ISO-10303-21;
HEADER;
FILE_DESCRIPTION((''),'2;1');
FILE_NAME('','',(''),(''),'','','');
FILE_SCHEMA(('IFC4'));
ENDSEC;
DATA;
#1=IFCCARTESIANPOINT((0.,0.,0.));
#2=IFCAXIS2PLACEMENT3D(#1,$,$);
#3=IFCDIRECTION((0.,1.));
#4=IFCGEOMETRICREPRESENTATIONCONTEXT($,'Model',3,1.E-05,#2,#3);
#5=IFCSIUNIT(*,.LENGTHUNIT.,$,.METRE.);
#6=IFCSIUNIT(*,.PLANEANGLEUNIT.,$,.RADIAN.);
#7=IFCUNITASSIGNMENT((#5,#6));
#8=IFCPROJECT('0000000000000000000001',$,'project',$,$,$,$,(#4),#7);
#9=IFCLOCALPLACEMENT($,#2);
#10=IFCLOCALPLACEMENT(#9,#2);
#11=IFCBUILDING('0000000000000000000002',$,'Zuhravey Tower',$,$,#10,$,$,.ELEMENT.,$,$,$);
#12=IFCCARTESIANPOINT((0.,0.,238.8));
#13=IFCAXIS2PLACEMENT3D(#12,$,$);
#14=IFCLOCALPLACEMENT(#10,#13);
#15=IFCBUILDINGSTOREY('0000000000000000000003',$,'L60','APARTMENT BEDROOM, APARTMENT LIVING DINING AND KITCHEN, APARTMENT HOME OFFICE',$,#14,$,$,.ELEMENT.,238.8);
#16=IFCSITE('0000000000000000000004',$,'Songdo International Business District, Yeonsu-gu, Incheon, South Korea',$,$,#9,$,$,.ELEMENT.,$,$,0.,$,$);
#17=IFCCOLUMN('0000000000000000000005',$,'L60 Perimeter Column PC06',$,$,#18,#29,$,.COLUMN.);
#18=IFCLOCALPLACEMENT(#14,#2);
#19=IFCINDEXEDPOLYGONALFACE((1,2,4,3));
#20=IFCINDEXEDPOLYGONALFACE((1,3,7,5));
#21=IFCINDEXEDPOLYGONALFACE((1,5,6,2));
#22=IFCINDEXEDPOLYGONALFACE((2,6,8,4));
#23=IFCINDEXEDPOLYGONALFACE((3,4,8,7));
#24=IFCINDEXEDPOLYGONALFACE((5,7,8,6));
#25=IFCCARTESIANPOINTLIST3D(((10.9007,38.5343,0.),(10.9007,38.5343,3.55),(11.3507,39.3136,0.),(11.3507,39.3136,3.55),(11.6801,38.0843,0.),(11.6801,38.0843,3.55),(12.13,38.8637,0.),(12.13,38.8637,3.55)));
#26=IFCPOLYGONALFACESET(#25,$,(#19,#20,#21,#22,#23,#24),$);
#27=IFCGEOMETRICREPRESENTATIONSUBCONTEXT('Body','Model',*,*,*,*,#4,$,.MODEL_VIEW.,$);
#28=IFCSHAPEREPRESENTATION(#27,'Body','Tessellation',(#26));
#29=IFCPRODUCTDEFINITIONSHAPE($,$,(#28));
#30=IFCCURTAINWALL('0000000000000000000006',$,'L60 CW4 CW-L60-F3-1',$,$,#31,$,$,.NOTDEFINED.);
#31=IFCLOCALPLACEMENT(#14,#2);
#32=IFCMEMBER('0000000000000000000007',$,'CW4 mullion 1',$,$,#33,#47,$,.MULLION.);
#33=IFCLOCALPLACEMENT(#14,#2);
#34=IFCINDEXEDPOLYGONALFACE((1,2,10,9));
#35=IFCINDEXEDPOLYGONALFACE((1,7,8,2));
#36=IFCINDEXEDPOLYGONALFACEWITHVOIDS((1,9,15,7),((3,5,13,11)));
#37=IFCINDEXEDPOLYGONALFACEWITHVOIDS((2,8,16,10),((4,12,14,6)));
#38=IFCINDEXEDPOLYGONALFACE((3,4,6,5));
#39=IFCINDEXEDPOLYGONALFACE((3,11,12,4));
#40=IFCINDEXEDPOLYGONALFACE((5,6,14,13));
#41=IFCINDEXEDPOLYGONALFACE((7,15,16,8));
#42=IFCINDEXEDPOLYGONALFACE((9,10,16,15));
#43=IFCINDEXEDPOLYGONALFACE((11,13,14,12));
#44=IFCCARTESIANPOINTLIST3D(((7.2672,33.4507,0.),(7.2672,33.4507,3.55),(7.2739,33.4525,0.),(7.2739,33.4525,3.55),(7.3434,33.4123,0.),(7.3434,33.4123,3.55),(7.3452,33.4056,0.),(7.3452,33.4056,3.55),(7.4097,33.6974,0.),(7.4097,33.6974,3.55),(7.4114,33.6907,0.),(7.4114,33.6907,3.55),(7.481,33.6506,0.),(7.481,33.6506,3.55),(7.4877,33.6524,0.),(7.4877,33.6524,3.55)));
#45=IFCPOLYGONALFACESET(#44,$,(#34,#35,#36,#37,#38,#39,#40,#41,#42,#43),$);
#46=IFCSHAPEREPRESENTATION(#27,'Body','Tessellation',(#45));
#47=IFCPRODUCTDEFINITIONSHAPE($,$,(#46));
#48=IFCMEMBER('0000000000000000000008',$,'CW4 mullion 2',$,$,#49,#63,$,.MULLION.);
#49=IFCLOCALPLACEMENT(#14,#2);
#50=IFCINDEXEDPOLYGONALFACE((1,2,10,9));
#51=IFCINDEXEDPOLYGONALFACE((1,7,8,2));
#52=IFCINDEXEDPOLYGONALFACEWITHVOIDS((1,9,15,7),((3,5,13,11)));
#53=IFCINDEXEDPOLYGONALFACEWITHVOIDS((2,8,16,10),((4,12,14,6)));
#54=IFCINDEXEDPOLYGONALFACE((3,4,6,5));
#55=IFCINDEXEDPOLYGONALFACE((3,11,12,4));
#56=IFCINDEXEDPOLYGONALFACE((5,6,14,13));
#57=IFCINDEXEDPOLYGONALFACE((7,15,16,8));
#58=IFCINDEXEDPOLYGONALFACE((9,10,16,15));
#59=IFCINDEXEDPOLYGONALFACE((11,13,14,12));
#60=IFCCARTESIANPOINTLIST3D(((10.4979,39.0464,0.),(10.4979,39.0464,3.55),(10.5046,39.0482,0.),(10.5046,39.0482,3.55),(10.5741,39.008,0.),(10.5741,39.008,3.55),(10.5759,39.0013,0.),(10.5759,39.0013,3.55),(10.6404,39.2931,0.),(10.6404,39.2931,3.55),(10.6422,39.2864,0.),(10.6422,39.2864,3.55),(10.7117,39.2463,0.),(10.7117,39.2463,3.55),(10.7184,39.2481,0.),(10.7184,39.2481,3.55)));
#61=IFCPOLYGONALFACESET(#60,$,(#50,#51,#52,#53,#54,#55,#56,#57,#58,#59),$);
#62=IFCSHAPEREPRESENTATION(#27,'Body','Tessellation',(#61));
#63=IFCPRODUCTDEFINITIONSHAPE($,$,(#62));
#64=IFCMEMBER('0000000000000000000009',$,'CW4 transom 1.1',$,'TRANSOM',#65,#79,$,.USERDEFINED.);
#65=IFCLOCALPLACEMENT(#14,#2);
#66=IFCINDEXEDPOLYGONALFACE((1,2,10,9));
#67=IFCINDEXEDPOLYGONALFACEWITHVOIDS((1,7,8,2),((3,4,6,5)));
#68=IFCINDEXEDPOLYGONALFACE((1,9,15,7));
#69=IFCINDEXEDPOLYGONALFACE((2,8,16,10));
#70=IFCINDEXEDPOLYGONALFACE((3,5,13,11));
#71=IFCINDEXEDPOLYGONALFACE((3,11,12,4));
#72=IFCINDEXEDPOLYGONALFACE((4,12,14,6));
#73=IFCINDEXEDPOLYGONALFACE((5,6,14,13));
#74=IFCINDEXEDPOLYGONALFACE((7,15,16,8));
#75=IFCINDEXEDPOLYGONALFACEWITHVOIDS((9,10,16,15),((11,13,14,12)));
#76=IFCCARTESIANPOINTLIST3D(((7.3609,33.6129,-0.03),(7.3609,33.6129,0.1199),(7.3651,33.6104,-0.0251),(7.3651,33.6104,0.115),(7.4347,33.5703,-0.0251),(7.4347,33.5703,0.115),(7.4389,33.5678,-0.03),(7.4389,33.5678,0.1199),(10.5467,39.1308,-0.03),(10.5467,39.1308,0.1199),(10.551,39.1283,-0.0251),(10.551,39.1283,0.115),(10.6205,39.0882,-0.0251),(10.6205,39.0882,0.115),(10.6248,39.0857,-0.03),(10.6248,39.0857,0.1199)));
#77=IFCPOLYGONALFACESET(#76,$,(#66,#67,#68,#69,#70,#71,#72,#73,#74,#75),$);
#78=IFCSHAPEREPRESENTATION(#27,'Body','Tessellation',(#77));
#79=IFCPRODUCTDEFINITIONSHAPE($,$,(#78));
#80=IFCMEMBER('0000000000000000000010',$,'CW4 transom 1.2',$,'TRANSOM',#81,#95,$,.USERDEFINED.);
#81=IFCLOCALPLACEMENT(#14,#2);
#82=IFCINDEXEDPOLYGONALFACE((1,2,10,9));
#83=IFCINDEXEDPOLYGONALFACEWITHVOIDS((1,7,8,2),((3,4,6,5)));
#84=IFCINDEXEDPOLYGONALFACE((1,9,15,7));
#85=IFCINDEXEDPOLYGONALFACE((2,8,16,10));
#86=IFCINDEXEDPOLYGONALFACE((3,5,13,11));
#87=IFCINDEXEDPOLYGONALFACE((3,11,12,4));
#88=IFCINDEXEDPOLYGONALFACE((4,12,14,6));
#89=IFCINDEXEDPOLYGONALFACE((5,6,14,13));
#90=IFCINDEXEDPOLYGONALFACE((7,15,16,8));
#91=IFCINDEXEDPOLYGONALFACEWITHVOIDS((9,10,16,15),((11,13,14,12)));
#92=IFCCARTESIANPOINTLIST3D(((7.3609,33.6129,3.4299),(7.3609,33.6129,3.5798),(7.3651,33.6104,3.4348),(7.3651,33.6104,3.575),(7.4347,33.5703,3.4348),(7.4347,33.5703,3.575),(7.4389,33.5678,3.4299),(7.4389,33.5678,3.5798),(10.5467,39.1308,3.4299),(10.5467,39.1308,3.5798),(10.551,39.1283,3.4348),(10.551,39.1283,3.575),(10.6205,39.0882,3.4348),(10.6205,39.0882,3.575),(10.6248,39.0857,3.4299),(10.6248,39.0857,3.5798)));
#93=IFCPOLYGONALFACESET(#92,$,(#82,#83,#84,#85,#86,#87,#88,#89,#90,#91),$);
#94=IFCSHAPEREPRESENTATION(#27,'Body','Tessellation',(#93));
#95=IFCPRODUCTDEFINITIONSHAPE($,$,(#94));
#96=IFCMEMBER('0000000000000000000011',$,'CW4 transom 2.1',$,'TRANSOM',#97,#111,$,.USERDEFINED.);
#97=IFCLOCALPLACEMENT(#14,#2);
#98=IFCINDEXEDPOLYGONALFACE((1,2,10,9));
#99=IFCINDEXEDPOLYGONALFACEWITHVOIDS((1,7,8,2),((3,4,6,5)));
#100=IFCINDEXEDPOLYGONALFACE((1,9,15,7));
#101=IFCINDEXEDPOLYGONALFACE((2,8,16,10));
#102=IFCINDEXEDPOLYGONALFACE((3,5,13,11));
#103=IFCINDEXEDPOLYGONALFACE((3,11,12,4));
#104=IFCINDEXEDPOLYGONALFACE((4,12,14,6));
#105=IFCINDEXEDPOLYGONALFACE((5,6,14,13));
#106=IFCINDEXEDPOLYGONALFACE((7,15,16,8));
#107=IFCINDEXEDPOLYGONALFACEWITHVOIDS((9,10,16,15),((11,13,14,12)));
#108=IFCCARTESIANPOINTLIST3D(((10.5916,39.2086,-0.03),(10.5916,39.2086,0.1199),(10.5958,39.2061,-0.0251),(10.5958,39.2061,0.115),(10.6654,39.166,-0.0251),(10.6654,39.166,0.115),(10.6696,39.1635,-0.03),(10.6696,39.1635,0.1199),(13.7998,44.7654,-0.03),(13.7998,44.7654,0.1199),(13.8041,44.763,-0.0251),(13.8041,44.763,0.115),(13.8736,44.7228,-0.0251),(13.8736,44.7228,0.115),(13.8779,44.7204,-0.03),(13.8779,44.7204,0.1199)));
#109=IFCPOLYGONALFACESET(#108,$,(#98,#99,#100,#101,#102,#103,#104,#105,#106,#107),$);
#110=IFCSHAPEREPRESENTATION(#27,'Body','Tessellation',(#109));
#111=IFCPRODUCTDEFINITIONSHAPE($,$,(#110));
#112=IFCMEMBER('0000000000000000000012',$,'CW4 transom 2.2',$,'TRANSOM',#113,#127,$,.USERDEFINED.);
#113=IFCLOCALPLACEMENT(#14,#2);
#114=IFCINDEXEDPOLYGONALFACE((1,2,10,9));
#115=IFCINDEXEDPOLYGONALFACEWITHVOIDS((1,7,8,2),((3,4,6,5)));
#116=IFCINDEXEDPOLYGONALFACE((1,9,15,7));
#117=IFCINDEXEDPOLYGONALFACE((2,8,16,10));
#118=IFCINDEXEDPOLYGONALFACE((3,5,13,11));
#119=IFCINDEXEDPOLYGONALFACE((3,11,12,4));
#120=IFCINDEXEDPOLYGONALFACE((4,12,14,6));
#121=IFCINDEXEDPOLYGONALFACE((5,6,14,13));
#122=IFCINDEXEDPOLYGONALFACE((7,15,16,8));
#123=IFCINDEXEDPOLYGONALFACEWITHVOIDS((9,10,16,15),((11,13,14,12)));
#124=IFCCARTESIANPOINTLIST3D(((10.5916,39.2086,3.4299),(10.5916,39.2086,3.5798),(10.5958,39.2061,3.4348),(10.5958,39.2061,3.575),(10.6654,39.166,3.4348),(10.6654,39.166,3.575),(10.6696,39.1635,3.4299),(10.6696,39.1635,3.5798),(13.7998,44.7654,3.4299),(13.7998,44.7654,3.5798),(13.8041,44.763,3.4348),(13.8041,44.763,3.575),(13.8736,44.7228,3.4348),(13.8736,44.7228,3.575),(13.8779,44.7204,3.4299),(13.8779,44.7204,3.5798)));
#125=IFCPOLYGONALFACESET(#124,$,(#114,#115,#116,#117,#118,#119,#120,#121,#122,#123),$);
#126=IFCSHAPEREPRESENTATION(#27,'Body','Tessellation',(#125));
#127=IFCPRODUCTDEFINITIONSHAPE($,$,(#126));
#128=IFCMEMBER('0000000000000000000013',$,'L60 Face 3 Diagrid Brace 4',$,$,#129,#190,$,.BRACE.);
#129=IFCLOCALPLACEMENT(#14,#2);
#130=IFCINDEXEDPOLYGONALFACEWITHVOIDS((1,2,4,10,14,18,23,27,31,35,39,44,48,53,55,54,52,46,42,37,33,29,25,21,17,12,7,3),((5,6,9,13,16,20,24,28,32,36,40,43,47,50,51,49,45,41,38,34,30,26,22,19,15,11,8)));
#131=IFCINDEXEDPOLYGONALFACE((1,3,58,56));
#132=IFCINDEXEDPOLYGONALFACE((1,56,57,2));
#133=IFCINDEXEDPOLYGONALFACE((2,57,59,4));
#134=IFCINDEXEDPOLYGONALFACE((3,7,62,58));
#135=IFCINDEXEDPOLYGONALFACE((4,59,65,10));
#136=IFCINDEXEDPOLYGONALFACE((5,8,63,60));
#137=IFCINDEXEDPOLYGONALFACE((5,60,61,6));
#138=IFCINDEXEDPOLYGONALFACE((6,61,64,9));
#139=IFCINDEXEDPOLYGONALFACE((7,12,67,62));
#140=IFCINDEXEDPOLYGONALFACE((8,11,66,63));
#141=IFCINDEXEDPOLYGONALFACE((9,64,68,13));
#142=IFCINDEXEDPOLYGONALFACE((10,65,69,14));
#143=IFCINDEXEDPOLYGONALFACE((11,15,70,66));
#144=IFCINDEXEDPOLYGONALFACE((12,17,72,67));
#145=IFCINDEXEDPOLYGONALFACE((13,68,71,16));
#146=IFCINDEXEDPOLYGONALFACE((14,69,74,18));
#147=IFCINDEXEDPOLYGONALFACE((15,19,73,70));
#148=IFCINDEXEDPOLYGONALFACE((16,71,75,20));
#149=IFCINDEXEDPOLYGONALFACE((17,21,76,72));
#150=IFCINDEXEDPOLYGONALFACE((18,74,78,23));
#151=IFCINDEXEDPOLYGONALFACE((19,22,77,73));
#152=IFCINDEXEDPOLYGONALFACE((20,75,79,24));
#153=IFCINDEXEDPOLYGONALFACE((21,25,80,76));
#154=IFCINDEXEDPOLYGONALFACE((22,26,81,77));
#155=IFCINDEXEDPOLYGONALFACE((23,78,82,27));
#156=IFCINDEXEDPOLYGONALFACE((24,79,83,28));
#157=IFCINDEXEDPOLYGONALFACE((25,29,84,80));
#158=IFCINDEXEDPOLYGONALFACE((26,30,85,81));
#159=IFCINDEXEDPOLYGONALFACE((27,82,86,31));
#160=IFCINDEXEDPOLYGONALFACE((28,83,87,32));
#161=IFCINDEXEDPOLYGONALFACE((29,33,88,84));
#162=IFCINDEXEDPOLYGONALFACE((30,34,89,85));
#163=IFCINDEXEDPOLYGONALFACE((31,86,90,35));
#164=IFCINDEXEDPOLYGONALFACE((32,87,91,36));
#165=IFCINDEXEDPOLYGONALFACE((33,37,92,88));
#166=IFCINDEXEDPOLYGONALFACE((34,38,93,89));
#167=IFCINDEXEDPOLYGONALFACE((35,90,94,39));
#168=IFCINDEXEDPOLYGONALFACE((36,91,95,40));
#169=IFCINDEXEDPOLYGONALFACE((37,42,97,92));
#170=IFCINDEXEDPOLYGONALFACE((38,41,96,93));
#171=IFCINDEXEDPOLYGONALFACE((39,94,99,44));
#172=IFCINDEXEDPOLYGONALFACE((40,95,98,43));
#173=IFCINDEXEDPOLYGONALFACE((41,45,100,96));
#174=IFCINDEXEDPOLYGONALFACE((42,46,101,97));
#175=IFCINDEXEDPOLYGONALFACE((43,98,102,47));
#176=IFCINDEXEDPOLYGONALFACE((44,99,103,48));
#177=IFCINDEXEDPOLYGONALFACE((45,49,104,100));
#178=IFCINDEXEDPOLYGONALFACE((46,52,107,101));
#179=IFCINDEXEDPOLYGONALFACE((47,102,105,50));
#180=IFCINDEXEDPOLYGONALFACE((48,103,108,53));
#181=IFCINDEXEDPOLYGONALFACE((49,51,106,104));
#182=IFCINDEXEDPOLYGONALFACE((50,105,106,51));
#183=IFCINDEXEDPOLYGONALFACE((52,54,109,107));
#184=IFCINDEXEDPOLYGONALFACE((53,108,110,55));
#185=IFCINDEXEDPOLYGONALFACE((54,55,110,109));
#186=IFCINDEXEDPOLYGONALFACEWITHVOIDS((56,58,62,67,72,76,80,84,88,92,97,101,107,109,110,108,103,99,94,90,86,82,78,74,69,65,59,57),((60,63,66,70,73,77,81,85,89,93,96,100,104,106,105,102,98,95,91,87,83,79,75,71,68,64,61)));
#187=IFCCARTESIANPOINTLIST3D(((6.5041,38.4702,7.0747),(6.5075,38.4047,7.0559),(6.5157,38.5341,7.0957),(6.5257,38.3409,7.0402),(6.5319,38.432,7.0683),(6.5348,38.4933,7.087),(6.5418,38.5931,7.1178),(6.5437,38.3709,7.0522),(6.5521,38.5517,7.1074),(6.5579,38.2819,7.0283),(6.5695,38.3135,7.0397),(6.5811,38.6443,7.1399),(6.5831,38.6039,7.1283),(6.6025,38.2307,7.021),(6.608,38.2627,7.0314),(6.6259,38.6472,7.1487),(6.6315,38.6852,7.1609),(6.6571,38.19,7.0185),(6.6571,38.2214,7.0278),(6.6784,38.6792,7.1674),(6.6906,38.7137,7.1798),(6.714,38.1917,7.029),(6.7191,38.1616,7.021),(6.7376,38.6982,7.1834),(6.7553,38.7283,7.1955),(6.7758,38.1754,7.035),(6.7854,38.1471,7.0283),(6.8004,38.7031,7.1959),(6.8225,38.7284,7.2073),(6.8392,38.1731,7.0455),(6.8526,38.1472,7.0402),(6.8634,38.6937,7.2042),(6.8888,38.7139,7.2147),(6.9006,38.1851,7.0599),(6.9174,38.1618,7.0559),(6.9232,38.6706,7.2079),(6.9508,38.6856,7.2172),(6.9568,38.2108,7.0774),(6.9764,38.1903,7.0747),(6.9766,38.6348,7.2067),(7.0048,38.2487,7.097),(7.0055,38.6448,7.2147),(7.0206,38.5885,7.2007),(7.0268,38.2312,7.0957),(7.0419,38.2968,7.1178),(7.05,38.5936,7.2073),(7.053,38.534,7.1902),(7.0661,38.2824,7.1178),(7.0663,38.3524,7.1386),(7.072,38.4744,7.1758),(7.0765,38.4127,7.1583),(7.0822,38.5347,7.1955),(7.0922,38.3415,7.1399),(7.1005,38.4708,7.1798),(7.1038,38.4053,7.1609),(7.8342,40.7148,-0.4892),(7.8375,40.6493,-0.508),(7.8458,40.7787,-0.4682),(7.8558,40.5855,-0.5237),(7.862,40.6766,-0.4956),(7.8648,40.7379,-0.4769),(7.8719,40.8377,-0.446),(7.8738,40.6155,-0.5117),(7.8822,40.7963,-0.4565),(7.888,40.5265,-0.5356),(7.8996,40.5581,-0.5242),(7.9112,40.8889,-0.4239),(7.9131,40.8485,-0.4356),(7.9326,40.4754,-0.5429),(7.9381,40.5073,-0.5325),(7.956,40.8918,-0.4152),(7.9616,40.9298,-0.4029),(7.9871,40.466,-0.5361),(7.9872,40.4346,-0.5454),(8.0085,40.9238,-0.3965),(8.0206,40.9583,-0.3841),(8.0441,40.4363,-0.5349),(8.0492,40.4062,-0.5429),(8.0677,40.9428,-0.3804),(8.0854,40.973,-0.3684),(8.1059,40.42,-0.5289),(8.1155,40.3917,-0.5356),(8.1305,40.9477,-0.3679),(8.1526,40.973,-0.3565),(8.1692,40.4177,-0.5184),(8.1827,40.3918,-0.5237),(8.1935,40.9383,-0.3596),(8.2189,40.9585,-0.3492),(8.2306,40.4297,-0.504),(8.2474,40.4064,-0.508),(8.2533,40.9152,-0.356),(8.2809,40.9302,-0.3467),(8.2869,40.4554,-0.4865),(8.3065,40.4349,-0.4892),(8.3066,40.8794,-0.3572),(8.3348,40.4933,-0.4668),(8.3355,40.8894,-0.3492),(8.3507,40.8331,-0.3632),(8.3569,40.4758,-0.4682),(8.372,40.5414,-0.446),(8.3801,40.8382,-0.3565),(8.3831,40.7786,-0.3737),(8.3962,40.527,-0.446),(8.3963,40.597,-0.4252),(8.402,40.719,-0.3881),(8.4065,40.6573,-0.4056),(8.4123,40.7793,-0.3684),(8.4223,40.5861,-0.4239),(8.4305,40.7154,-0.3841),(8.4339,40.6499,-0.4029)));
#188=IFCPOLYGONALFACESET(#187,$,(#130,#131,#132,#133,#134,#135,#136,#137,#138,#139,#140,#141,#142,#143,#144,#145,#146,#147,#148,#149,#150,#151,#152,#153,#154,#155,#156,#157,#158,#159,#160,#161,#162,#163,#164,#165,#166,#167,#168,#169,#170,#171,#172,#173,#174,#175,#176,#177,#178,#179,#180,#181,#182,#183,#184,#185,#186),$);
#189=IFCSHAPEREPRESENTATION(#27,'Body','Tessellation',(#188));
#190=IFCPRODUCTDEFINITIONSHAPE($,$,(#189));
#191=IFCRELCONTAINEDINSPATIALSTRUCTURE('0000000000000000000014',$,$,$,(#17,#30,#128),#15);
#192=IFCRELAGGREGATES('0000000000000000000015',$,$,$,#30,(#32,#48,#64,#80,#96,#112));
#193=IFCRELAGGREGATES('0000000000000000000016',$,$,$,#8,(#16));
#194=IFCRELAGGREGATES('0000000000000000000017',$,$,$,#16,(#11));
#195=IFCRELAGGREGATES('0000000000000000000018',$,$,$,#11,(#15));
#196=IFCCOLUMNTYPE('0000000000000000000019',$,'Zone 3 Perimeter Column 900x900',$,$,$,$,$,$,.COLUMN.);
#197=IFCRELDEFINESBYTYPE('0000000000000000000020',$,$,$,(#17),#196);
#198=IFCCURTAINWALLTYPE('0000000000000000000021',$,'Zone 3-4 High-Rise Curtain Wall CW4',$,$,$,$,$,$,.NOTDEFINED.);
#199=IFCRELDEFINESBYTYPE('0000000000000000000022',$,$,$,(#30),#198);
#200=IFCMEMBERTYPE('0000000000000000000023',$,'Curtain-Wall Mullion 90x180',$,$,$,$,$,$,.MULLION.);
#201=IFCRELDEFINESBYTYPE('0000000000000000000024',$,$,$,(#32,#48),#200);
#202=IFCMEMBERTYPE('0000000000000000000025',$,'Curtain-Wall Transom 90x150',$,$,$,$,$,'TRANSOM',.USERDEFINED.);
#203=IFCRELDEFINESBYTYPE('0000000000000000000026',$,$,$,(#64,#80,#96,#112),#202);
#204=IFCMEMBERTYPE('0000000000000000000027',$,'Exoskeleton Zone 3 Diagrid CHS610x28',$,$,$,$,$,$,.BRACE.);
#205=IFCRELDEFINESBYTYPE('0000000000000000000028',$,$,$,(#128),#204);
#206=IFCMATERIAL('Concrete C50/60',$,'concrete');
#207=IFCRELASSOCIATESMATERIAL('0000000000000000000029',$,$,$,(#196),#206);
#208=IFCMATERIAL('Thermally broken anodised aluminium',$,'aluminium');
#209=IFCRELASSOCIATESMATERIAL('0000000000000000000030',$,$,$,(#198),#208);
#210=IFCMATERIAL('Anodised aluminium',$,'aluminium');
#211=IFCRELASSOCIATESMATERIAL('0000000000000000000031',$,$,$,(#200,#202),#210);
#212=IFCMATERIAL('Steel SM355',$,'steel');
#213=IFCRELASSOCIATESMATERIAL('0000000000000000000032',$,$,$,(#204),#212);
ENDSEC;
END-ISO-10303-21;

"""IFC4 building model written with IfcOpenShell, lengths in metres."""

from ifc_helpers import new_model, si_unit, direction, frame, origin, origin_2d, place, context, subcontext, project, spatial, rectangle, hollow_rectangle, hollow_circle, extrude, material, material_profile, profile_set, type_object, element, aggregate, save


model = new_model("IFC4")

# Units and contexts
model_context = context("Model", 3, precision=1e-05, world=origin(), true_north=direction((0.0, 1.0)))
body_context = subcontext(model_context, "Body", "Model", "MODEL_VIEW")
ifc_project = project(units=[si_unit("LENGTHUNIT", "METRE"), si_unit("PLANEANGLEUNIT", "RADIAN")], contexts=[model_context])

# Site, building, storey
site_placement = place(None, origin())
site = spatial("IfcSite", under=ifc_project, at=site_placement, Name="Songdo International Business District, Yeonsu-gu, Incheon, South Korea", CompositionType="ELEMENT", RefElevation=0.0)
building_placement = place(site_placement, origin())
building = spatial("IfcBuilding", under=site, at=building_placement, Name="Zuhravey Tower", CompositionType="ELEMENT")
storey_placement = place(building_placement, frame((0.0, 0.0, 238.8)))
storey = spatial("IfcBuildingStorey", under=building, at=storey_placement, Name="L60", Description="APARTMENT BEDROOM, APARTMENT LIVING DINING AND KITCHEN, APARTMENT HOME OFFICE", CompositionType="ELEMENT", Elevation=238.8)

# Column
ifc_material_1 = material(Name="Concrete C50/60", Category="concrete")
ifc_material_profile_1 = material_profile(ifc_material_1, rectangle(XDim=0.8999, YDim=0.8999, at=origin_2d()), Name="RC-900x900")
ifc_profile_set_1 = profile_set([ifc_material_profile_1], Name="Concrete C50/60")
column_type = type_object("IfcColumnType", Name="Zone 3 Perimeter Column 900x900", PredefinedType="COLUMN", material=ifc_profile_set_1)
column_placement = place(storey_placement, frame((11.5154, 38.699, 0.0), z_axis=(0.0, 0.0, 1.0), x_axis=(-0.5, -0.866025, 0.0)))
element("IfcColumn", 1, at=column_placement, inside=storey, type_object=column_type, Name="L60 Perimeter Column PC06", PredefinedType="COLUMN", context=body_context, shape_type="SweptSolid", body=[
    extrude(rectangle(XDim=0.8999, YDim=0.8999, at=origin_2d()), origin(), (0.0, 0.0, 1.0), 3.55),
])

# Curtain wall, members
ifc_material_2 = material(Name="Thermally broken anodised aluminium", Category="aluminium")
curtain_wall_type = type_object("IfcCurtainWallType", Name="Zone 3-4 High-Rise Curtain Wall CW4", PredefinedType="NOTDEFINED", material=ifc_material_2)
curtain_wall_placement = place(storey_placement, origin())
curtain_wall = element("IfcCurtainWall", 2, at=curtain_wall_placement, inside=storey, type_object=curtain_wall_type, Name="L60 CW4 CW-L60-F3-1", PredefinedType="NOTDEFINED")
ifc_material_3 = material(Name="Anodised aluminium", Category="aluminium")
ifc_material_profile_2 = material_profile(ifc_material_3, hollow_rectangle(XDim=0.0901, YDim=0.2849, WallThickness=0.0049, at=origin_2d()), Name="ALU-RHS-90x285x5")
ifc_profile_set_2 = profile_set([ifc_material_profile_2], Name="Anodised aluminium")
member_type_1 = type_object("IfcMemberType", Name="Curtain-Wall Mullion 90x180", PredefinedType="MULLION", material=ifc_profile_set_2)
member_1_placement = place(storey_placement, frame((7.3774, 33.5515, 0.0), z_axis=(0.0, 0.0, 1.0), x_axis=(-0.866025, 0.500001, 0.0)))
member_1 = element("IfcMember", 3, at=member_1_placement, type_object=member_type_1, Name="CW4 mullion 1", PredefinedType="MULLION", context=body_context, shape_type="SweptSolid", body=[
    extrude(hollow_rectangle(XDim=0.0901, YDim=0.2849, WallThickness=0.0049, at=origin_2d()), origin(), (0.0, 0.0, 1.0), 3.55),
])
member_2_placement = place(storey_placement, frame((10.6082, 39.1472, 0.0), z_axis=(0.0, 0.0, 1.0), x_axis=(-0.866025, 0.500001, 0.0)))
member_2 = element("IfcMember", 4, at=member_2_placement, type_object=member_type_1, Name="CW4 mullion 2", PredefinedType="MULLION", context=body_context, shape_type="SweptSolid", body=[
    extrude(hollow_rectangle(XDim=0.0901, YDim=0.2849, WallThickness=0.0049, at=origin_2d()), origin(), (0.0, 0.0, 1.0), 3.55),
])
ifc_material_profile_3 = material_profile(ifc_material_3, hollow_rectangle(XDim=0.0901, YDim=0.1499, WallThickness=0.0049, at=origin_2d()), Name="ALU-RHS-90x150x5")
ifc_profile_set_3 = profile_set([ifc_material_profile_3], Name="Anodised aluminium")
member_type_2 = type_object("IfcMemberType", Name="Curtain-Wall Transom 90x150", ElementType="TRANSOM", PredefinedType="USERDEFINED", material=ifc_profile_set_3)
member_3_placement = place(storey_placement, frame((7.3999, 33.5903, 0.0449), z_axis=(0.500009, 0.86602, 0.0), x_axis=(-0.86602, 0.500009, 0.0)))
member_3 = element("IfcMember", 5, at=member_3_placement, type_object=member_type_2, Name="CW4 transom 1.1", ObjectType="TRANSOM", PredefinedType="USERDEFINED", context=body_context, shape_type="SweptSolid", body=[
    extrude(hollow_rectangle(XDim=0.0901, YDim=0.1499, WallThickness=0.0049, at=origin_2d()), origin(), (0.0, 0.0, 1.0), 6.3716),
])
member_4_placement = place(storey_placement, frame((7.3999, 33.5903, 3.5049), z_axis=(0.500009, 0.86602, 0.0), x_axis=(-0.86602, 0.500009, 0.0)))
member_4 = element("IfcMember", 6, at=member_4_placement, type_object=member_type_2, Name="CW4 transom 1.2", ObjectType="TRANSOM", PredefinedType="USERDEFINED", context=body_context, shape_type="SweptSolid", body=[
    extrude(hollow_rectangle(XDim=0.0901, YDim=0.1499, WallThickness=0.0049, at=origin_2d()), origin(), (0.0, 0.0, 1.0), 6.3716),
])
member_5_placement = place(storey_placement, frame((10.6306, 39.186, 0.0449), z_axis=(0.499998, 0.866027, 0.0), x_axis=(-0.866027, 0.499998, 0.0)))
member_5 = element("IfcMember", 7, at=member_5_placement, type_object=member_type_2, Name="CW4 transom 2.1", ObjectType="TRANSOM", PredefinedType="USERDEFINED", context=body_context, shape_type="SweptSolid", body=[
    extrude(hollow_rectangle(XDim=0.0901, YDim=0.1499, WallThickness=0.0049, at=origin_2d()), origin(), (0.0, 0.0, 1.0), 6.4165),
])
member_6_placement = place(storey_placement, frame((10.6306, 39.186, 3.5049), z_axis=(0.499998, 0.866027, 0.0), x_axis=(-0.866027, 0.499998, 0.0)))
member_6 = element("IfcMember", 8, at=member_6_placement, type_object=member_type_2, Name="CW4 transom 2.2", ObjectType="TRANSOM", PredefinedType="USERDEFINED", context=body_context, shape_type="SweptSolid", body=[
    extrude(hollow_rectangle(XDim=0.0901, YDim=0.1499, WallThickness=0.0049, at=origin_2d()), origin(), (0.0, 0.0, 1.0), 6.4165),
])

# Member
ifc_material_4 = material(Name="Steel SM355", Category="steel")
ifc_material_profile_4 = material_profile(ifc_material_4, hollow_circle(Radius=0.3047, WallThickness=0.0281, at=origin_2d()), Name="CHS-609.6x28")
ifc_profile_set_4 = profile_set([ifc_material_profile_4], Name="Steel SM355")
member_type_3 = type_object("IfcMemberType", Name="Exoskeleton Zone 3 Diagrid CHS610x28", PredefinedType="BRACE", material=ifc_profile_set_4)
member_7_placement = place(storey_placement, frame((8.134, 40.6824, -0.446), z_axis=(-0.166232, -0.280533, 0.94534), x_axis=(0.860304, -0.509782, 0.0)))
element("IfcMember", 9, at=member_7_placement, inside=storey, type_object=member_type_3, Name="L60 Face 3 Diagrid Brace 4", PredefinedType="BRACE", context=body_context, shape_type="SweptSolid", body=[
    extrude(hollow_circle(Radius=0.3047, WallThickness=0.0281, at=origin_2d()), origin(), (0.0, 0.0, 1.0), 8.0012),
])

aggregate(curtain_wall, [member_1, member_2, member_3, member_4, member_5, member_6])

save(model, "model.ifc")
